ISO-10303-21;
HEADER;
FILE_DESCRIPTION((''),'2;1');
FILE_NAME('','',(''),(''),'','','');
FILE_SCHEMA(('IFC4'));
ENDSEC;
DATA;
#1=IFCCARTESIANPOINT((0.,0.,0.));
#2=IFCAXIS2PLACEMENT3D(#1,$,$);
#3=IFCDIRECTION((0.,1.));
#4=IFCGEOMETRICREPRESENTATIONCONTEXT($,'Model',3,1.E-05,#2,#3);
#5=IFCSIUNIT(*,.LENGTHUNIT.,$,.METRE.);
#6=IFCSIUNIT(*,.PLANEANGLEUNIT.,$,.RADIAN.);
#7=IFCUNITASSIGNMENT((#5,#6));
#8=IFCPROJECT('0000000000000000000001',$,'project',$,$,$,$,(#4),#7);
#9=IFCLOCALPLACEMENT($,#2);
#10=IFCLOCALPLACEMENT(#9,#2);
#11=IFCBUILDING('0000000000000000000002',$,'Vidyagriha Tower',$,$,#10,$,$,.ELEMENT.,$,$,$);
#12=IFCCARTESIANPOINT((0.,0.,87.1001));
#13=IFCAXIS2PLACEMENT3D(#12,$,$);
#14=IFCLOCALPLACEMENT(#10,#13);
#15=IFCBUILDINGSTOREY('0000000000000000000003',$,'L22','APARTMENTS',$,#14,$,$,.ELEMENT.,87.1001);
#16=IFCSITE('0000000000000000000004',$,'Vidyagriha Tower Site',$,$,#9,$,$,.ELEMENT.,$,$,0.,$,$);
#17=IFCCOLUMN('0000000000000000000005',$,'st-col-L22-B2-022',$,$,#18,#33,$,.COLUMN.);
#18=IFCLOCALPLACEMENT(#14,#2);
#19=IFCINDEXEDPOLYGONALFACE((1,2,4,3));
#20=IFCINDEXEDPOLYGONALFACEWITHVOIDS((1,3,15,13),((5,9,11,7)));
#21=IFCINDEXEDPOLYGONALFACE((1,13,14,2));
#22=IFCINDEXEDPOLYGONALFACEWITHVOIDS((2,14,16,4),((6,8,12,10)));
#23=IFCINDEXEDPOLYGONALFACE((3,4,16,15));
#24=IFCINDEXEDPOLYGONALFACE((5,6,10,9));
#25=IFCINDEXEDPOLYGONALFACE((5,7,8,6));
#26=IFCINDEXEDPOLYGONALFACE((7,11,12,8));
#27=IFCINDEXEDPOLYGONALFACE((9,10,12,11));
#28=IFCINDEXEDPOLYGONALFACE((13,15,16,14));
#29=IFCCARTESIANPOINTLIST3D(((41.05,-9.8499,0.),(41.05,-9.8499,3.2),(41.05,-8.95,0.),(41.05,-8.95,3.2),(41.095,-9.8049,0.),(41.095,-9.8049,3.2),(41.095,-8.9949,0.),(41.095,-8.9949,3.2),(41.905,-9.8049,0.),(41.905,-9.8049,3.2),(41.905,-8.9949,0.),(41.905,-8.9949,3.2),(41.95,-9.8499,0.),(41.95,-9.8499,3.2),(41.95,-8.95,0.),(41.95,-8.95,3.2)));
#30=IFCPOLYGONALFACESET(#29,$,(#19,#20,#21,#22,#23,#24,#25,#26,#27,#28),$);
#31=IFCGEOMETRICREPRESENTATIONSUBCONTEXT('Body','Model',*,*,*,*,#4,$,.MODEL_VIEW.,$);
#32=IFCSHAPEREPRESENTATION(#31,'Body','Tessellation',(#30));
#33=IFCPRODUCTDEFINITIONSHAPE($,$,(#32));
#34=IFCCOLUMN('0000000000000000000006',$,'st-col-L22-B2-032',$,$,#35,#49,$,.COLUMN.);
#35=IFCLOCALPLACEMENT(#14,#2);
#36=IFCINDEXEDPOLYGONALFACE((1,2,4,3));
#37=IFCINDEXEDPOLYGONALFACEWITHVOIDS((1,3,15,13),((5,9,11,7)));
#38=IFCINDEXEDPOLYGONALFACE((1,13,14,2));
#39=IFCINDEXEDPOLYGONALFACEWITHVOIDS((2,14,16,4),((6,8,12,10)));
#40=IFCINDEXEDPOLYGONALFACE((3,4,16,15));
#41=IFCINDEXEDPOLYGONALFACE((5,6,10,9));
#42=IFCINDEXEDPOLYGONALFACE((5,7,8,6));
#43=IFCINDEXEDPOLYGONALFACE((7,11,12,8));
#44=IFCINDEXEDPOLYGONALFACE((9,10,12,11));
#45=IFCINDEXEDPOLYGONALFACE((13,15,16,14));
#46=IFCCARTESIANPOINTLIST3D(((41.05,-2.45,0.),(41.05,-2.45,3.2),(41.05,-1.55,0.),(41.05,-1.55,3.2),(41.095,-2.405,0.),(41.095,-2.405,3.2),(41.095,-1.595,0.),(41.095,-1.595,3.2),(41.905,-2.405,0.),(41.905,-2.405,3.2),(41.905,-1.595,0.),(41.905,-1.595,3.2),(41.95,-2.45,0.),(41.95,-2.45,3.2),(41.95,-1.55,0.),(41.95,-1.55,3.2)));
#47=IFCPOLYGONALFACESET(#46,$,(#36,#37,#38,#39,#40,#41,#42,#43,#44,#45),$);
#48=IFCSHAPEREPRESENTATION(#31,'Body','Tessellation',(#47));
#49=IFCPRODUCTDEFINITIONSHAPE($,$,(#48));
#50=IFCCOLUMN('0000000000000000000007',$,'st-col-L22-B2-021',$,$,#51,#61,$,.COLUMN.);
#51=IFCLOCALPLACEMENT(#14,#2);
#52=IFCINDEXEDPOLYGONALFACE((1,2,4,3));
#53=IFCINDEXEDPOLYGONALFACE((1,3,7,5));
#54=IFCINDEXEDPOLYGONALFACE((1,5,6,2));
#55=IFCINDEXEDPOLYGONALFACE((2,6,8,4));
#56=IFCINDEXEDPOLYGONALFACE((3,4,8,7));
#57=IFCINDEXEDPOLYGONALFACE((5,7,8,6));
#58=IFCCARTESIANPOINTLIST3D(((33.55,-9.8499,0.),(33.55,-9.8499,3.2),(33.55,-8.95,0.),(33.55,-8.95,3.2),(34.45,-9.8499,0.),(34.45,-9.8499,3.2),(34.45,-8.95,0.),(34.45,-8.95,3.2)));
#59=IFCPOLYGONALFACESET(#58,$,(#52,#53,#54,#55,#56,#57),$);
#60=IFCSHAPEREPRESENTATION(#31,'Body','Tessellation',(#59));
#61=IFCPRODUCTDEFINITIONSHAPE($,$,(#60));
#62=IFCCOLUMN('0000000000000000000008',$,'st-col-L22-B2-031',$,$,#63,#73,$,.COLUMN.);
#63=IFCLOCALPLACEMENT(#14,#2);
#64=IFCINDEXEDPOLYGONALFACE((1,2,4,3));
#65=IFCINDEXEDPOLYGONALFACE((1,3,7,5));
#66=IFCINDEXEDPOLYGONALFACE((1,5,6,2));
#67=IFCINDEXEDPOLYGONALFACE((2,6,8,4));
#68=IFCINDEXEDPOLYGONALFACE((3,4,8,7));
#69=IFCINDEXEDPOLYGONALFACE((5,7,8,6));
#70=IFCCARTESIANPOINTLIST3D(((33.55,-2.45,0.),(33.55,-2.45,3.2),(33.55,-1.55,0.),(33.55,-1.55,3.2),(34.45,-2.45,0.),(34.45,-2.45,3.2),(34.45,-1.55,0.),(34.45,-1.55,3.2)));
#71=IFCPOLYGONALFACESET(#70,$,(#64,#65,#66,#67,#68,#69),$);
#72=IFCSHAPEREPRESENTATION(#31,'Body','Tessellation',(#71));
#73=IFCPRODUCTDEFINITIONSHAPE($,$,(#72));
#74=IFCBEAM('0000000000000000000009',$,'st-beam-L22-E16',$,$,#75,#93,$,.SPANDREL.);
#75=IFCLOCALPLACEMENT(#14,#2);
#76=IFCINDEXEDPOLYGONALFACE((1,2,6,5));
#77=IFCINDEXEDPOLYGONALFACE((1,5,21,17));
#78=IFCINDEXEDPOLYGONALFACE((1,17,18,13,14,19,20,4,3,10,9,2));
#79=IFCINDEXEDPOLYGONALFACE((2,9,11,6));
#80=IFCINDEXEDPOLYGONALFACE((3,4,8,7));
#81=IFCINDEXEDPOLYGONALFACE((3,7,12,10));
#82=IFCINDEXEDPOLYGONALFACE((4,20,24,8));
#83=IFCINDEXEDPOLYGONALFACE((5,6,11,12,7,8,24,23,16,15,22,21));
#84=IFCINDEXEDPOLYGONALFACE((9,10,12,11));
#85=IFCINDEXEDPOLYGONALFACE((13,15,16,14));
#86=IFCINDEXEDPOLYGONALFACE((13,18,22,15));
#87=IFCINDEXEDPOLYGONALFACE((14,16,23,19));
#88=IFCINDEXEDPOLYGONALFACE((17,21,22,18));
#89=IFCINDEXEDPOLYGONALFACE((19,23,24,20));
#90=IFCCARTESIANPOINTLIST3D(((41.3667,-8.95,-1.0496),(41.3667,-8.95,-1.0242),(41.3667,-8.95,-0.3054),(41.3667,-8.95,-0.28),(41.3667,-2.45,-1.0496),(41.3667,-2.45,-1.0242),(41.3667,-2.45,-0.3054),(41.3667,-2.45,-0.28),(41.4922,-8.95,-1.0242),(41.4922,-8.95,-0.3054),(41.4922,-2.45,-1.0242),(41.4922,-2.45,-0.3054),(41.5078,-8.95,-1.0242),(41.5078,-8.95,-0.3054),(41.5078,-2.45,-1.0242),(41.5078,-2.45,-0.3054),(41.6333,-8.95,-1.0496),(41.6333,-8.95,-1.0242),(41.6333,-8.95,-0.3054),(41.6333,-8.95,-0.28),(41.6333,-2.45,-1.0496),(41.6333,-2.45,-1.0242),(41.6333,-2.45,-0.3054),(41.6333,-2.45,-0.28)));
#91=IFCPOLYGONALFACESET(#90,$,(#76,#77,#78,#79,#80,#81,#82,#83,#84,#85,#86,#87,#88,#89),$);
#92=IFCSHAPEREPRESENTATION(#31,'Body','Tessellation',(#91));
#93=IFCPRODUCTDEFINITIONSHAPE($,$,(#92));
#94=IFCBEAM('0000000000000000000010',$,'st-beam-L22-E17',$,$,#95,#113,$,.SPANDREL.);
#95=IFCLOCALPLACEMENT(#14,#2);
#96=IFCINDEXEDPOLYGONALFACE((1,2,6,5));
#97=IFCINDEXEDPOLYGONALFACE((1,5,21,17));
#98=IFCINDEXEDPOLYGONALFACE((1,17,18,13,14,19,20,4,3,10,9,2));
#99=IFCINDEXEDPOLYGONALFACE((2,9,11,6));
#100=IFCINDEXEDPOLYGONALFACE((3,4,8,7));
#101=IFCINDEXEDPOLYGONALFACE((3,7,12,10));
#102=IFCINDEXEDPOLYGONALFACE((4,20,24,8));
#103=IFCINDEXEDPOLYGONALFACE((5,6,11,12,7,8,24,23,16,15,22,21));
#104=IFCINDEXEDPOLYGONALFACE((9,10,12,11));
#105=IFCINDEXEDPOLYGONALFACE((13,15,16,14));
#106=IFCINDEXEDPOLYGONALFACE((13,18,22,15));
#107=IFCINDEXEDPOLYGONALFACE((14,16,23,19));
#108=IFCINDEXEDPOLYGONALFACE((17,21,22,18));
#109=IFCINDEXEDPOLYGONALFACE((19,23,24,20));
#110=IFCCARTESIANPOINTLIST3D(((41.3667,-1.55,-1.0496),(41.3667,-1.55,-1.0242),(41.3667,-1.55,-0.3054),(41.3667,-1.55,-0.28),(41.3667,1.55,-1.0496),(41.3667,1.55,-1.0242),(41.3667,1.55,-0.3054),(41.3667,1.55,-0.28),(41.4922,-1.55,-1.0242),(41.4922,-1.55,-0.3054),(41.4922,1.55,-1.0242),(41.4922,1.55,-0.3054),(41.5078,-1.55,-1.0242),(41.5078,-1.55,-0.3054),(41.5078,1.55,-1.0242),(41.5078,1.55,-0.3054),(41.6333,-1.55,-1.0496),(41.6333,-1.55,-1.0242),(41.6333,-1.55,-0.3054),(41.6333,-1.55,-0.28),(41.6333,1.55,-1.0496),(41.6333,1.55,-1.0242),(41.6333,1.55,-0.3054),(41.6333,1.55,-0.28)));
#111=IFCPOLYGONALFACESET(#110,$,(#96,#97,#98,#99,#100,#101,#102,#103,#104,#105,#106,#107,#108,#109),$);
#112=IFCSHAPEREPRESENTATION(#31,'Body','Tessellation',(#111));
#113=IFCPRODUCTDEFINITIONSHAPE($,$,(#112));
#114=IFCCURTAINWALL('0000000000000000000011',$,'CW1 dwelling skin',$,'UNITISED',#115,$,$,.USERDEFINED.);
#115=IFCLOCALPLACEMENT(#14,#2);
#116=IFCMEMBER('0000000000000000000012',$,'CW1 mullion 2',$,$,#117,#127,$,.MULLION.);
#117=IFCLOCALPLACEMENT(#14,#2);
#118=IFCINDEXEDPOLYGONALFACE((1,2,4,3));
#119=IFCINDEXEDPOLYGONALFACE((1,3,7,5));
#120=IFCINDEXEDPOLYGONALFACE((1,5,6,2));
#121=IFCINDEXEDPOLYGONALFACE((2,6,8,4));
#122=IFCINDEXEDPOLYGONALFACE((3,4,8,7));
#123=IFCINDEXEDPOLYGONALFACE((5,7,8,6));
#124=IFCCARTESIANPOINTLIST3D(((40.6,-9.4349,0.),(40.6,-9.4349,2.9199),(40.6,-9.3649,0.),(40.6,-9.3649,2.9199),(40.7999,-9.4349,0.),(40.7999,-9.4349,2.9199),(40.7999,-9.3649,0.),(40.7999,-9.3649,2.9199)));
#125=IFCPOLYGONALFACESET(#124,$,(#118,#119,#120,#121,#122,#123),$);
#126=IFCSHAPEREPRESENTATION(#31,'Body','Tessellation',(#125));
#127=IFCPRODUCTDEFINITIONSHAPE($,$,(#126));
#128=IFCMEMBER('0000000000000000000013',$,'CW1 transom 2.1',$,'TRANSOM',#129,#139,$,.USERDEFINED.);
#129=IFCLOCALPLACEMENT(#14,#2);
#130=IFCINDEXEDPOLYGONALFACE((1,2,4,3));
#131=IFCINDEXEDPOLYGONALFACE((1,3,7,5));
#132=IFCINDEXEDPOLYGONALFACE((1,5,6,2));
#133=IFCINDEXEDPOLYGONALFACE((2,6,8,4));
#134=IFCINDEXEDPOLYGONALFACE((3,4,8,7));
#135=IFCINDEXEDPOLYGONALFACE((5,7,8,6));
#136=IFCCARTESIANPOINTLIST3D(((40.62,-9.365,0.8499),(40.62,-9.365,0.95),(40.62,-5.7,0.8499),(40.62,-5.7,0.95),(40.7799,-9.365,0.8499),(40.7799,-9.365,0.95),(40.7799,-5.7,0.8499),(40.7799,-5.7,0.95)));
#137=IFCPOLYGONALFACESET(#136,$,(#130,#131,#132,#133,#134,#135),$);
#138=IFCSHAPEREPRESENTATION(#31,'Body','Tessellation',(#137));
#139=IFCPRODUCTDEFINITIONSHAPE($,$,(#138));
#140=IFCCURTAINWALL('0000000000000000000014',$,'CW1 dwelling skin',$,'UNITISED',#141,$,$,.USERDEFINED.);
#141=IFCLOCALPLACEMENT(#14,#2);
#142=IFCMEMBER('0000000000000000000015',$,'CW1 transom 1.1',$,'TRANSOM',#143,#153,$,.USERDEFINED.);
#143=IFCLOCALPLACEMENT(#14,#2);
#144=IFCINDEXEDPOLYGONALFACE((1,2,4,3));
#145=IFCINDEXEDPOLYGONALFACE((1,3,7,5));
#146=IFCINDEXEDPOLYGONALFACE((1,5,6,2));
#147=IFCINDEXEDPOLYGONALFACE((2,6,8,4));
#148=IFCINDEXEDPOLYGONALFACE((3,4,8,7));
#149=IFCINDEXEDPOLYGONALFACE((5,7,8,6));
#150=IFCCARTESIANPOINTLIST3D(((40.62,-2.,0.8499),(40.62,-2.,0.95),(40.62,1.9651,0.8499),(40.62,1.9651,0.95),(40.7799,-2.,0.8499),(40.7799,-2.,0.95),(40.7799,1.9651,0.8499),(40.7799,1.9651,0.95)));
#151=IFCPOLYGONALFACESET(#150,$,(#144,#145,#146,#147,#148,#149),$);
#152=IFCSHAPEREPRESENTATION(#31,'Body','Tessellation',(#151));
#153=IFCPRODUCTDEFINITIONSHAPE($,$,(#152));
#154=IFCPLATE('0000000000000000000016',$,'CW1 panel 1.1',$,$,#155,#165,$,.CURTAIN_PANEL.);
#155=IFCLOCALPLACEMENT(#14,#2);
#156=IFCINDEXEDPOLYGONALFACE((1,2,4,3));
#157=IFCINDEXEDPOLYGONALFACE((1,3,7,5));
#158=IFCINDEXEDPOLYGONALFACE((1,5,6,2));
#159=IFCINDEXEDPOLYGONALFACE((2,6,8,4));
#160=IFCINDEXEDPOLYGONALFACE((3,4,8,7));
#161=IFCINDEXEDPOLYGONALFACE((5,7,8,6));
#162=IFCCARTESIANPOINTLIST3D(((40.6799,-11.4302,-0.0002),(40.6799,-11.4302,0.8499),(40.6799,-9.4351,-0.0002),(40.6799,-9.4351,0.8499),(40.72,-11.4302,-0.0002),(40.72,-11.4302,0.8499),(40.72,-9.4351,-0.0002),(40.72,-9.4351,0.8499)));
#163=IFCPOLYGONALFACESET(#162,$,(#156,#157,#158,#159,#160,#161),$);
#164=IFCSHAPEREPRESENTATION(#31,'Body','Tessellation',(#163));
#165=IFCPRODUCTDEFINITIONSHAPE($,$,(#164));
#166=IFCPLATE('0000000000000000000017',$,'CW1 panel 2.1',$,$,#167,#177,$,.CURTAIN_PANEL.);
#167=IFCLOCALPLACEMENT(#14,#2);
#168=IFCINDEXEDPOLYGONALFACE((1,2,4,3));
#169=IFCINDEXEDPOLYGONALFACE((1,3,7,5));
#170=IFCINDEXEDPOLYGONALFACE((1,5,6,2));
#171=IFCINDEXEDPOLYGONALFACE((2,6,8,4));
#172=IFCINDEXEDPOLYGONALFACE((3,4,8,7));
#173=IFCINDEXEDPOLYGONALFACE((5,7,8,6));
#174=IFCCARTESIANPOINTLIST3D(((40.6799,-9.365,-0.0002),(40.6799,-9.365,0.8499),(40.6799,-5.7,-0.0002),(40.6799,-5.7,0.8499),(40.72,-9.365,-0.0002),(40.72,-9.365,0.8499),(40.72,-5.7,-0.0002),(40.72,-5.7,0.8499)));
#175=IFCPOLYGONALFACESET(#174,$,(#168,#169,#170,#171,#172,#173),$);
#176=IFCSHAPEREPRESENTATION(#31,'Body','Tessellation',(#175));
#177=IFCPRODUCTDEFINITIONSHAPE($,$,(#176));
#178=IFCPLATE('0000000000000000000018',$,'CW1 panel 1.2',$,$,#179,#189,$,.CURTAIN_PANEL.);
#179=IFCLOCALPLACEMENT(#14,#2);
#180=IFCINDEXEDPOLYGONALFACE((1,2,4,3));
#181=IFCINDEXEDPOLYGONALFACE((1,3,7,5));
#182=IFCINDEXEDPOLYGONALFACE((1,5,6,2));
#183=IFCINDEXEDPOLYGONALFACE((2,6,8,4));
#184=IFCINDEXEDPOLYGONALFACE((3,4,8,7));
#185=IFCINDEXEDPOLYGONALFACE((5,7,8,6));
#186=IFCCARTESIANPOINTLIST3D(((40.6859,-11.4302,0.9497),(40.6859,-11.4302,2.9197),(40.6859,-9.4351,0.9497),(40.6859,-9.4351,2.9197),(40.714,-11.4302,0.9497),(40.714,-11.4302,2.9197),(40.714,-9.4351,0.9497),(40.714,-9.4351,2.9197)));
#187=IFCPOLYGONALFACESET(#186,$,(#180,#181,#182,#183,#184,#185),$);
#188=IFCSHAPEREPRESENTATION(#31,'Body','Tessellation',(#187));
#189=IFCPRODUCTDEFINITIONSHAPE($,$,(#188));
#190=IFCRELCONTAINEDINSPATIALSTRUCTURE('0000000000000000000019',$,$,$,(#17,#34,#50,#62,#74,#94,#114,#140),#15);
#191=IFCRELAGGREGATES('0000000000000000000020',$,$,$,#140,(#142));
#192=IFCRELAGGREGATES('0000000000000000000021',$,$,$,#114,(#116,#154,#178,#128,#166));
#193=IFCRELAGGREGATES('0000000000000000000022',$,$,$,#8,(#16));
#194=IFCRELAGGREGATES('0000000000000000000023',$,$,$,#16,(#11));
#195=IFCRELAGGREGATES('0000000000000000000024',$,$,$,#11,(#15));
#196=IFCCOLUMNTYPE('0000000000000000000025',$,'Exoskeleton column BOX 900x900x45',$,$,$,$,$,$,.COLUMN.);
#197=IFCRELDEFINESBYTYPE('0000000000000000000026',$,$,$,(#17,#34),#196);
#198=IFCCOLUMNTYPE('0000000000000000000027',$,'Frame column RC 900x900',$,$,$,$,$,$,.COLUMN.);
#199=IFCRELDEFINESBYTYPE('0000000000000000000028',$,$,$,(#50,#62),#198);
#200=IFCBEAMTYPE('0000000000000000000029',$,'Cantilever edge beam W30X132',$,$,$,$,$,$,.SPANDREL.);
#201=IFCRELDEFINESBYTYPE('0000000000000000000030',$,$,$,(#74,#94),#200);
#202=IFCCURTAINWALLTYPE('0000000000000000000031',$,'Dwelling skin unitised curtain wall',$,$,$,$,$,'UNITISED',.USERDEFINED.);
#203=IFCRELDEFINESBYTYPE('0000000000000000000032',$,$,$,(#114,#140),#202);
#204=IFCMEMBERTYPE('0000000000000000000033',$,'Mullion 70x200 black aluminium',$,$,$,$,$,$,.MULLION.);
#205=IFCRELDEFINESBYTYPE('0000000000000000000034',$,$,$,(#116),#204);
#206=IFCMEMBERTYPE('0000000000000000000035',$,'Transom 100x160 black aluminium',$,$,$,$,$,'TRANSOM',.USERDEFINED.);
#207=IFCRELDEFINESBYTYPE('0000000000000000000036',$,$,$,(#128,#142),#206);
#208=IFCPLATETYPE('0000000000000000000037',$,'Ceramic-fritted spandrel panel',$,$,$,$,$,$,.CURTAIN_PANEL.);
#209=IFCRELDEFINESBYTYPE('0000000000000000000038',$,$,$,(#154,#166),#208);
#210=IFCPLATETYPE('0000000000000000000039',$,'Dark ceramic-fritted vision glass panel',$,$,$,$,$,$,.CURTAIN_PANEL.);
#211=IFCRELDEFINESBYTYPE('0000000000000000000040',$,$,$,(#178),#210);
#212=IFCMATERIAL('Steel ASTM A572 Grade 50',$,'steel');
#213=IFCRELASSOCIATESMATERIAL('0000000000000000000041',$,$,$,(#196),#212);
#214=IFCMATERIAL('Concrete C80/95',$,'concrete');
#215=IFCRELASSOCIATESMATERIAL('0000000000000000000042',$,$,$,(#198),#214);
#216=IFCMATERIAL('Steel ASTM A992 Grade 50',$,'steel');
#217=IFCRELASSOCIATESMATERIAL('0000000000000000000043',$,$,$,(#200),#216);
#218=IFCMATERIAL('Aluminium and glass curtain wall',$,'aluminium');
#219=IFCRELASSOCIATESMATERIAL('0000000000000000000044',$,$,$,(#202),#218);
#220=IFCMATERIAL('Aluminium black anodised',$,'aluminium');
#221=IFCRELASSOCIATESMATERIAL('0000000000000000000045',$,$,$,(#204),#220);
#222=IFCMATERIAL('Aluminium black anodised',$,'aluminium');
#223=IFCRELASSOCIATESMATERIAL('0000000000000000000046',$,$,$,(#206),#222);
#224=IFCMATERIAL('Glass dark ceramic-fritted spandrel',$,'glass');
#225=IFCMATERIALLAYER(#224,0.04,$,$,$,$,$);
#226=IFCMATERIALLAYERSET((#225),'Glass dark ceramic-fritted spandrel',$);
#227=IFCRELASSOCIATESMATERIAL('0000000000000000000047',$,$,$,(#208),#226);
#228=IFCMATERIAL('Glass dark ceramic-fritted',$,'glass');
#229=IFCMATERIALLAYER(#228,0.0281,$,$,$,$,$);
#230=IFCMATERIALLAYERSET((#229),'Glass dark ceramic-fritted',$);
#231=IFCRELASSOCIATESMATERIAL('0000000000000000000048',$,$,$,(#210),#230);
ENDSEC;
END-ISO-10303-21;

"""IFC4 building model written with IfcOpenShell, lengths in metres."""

from ifc_helpers import new_model, si_unit, direction, frame, origin, origin_2d, place, context, subcontext, project, spatial, rectangle, hollow_rectangle, i_section, extrude, material, layer, layer_set, material_profile, profile_set, type_object, element, aggregate, save


model = new_model("IFC4")

# Units and contexts
model_context = context("Model", 3, precision=1e-05, world=origin(), true_north=direction((0.0, 1.0)))
body_context = subcontext(model_context, "Body", "Model", "MODEL_VIEW")
ifc_project = project(units=[si_unit("LENGTHUNIT", "METRE"), si_unit("PLANEANGLEUNIT", "RADIAN")], contexts=[model_context])

# Site, building, storey
site_placement = place(None, origin())
site = spatial("IfcSite", under=ifc_project, at=site_placement, Name="Vidyagriha Tower Site", CompositionType="ELEMENT", RefElevation=0.0)
building_placement = place(site_placement, origin())
building = spatial("IfcBuilding", under=site, at=building_placement, Name="Vidyagriha Tower", CompositionType="ELEMENT")
storey_placement = place(building_placement, frame((0.0, 0.0, 87.1001)))
storey = spatial("IfcBuildingStorey", under=building, at=storey_placement, Name="L22", Description="APARTMENTS", CompositionType="ELEMENT", Elevation=87.1001)

# Columns
ifc_material_1 = material(Name="Steel ASTM A572 Grade 50", Category="steel")
ifc_material_profile_1 = material_profile(ifc_material_1, hollow_rectangle(XDim=0.8999, YDim=0.8999, WallThickness=0.0449, at=origin_2d()), Name="BOX 900x900x45")
ifc_profile_set_1 = profile_set([ifc_material_profile_1], Name="Steel ASTM A572 Grade 50")
column_type_1 = type_object("IfcColumnType", Name="Exoskeleton column BOX 900x900x45", PredefinedType="COLUMN", material=ifc_profile_set_1)
for number, where, name in (
    (1, (41.5, -9.3999, 0.0), "st-col-L22-B2-022"),
    (2, (41.5, -2.0, 0.0), "st-col-L22-B2-032"),
):
    element("IfcColumn", number, at=place(storey_placement, frame(where)), inside=storey, type_object=column_type_1, Name=name, PredefinedType="COLUMN", context=body_context, shape_type="SweptSolid", body=[
        extrude(hollow_rectangle(XDim=0.8999, YDim=0.8999, WallThickness=0.0449, at=origin_2d()), origin(), (0.0, 0.0, 1.0), 3.2),
    ])
ifc_material_2 = material(Name="Concrete C80/95", Category="concrete")
ifc_material_profile_2 = material_profile(ifc_material_2, rectangle(XDim=0.8999, YDim=0.8999, at=origin_2d()), Name="RC 900x900")
ifc_profile_set_2 = profile_set([ifc_material_profile_2], Name="Concrete C80/95")
column_type_2 = type_object("IfcColumnType", Name="Frame column RC 900x900", PredefinedType="COLUMN", material=ifc_profile_set_2)
for number, where, name in (
    (3, (34.0, -9.3999, 0.0), "st-col-L22-B2-021"),
    (4, (34.0, -2.0, 0.0), "st-col-L22-B2-031"),
):
    element("IfcColumn", number, at=place(storey_placement, frame(where)), inside=storey, type_object=column_type_2, Name=name, PredefinedType="COLUMN", context=body_context, shape_type="SweptSolid", body=[
        extrude(rectangle(XDim=0.8999, YDim=0.8999, at=origin_2d()), origin(), (0.0, 0.0, 1.0), 3.2),
    ])

# Beams
ifc_material_3 = material(Name="Steel ASTM A992 Grade 50", Category="steel")
ifc_material_profile_3 = material_profile(ifc_material_3, i_section(OverallWidth=0.2666, OverallDepth=0.7695, WebThickness=0.0156, FlangeThickness=0.0254, at=origin_2d()), Name="W30X132")
ifc_profile_set_3 = profile_set([ifc_material_profile_3], Name="Steel ASTM A992 Grade 50")
beam_type = type_object("IfcBeamType", Name="Cantilever edge beam W30X132", PredefinedType="SPANDREL", material=ifc_profile_set_3)
beam_1_placement = place(storey_placement, frame((41.5, -8.95, -0.6648), z_axis=(0.0, 1.0, 0.0), x_axis=(-1.0, 0.0, 0.0)))
element("IfcBeam", 5, at=beam_1_placement, inside=storey, type_object=beam_type, Name="st-beam-L22-E16", PredefinedType="SPANDREL", context=body_context, shape_type="SweptSolid", body=[
    extrude(i_section(OverallWidth=0.2666, OverallDepth=0.7695, WebThickness=0.0156, FlangeThickness=0.0254, at=origin_2d()), origin(), (0.0, 0.0, 1.0), 6.5),
])
beam_2_placement = place(storey_placement, frame((41.5, -1.55, -0.6648), z_axis=(0.0, 1.0, 0.0), x_axis=(-1.0, 0.0, 0.0)))
element("IfcBeam", 6, at=beam_2_placement, inside=storey, type_object=beam_type, Name="st-beam-L22-E17", PredefinedType="SPANDREL", context=body_context, shape_type="SweptSolid", body=[
    extrude(i_section(OverallWidth=0.2666, OverallDepth=0.7695, WebThickness=0.0156, FlangeThickness=0.0254, at=origin_2d()), origin(), (0.0, 0.0, 1.0), 3.1001),
])

# Curtain wall, members
ifc_material_4 = material(Name="Aluminium and glass curtain wall", Category="aluminium")
curtain_wall_type = type_object("IfcCurtainWallType", Name="Dwelling skin unitised curtain wall", ElementType="UNITISED", PredefinedType="USERDEFINED", material=ifc_material_4)
curtain_wall_1_placement = place(storey_placement, origin())
curtain_wall_1 = element("IfcCurtainWall", 7, at=curtain_wall_1_placement, inside=storey, type_object=curtain_wall_type, Name="CW1 dwelling skin", ObjectType="UNITISED", PredefinedType="USERDEFINED")
ifc_material_5 = material(Name="Aluminium black anodised", Category="aluminium")
ifc_material_profile_4 = material_profile(ifc_material_5, rectangle(XDim=0.2, YDim=0.0701, at=origin_2d()), Name="Mullion 70x200 black aluminium")
ifc_profile_set_4 = profile_set([ifc_material_profile_4], Name="Aluminium black anodised")
member_type_1 = type_object("IfcMemberType", Name="Mullion 70x200 black aluminium", PredefinedType="MULLION", material=ifc_profile_set_4)
member_1_placement = place(storey_placement, frame((40.7, -9.3999, 0.0), z_axis=(0.0, 0.0, 1.0), x_axis=(-1.0, 0.0, 0.0)))
member_1 = element("IfcMember", 8, at=member_1_placement, type_object=member_type_1, Name="CW1 mullion 2", PredefinedType="MULLION", context=body_context, shape_type="SweptSolid", body=[
    extrude(rectangle(XDim=0.2, YDim=0.0701, at=origin_2d()), origin(), (0.0, 0.0, 1.0), 2.9199),
])
ifc_material_6 = material(Name="Aluminium black anodised", Category="aluminium")
ifc_material_profile_5 = material_profile(ifc_material_6, rectangle(XDim=0.1599, YDim=0.1001, at=origin_2d()), Name="Transom 100x160 black aluminium")
ifc_profile_set_5 = profile_set([ifc_material_profile_5], Name="Aluminium black anodised")
member_type_2 = type_object("IfcMemberType", Name="Transom 100x160 black aluminium", ElementType="TRANSOM", PredefinedType="USERDEFINED", material=ifc_profile_set_5)
member_2_placement = place(storey_placement, frame((40.7, -9.365, 0.8999), z_axis=(0.0, 1.0, 0.0), x_axis=(-1.0, 0.0, 0.0)))
member_2 = element("IfcMember", 9, at=member_2_placement, type_object=member_type_2, Name="CW1 transom 2.1", ObjectType="TRANSOM", PredefinedType="USERDEFINED", context=body_context, shape_type="SweptSolid", body=[
    extrude(rectangle(XDim=0.1599, YDim=0.1001, at=origin_2d()), origin(), (0.0, 0.0, 1.0), 3.665),
])

# Curtain wall, member
curtain_wall_2_placement = place(storey_placement, origin())
curtain_wall_2 = element("IfcCurtainWall", 10, at=curtain_wall_2_placement, inside=storey, type_object=curtain_wall_type, Name="CW1 dwelling skin", ObjectType="UNITISED", PredefinedType="USERDEFINED")
member_3_placement = place(storey_placement, frame((40.7, -2.0, 0.8999), z_axis=(0.0, 1.0, 0.0), x_axis=(-1.0, 0.0, 0.0)))
member_3 = element("IfcMember", 11, at=member_3_placement, type_object=member_type_2, Name="CW1 transom 1.1", ObjectType="TRANSOM", PredefinedType="USERDEFINED", context=body_context, shape_type="SweptSolid", body=[
    extrude(rectangle(XDim=0.1599, YDim=0.1001, at=origin_2d()), origin(), (0.0, 0.0, 1.0), 3.9651),
])
aggregate(curtain_wall_2, [member_3])

# Plates
ifc_material_7 = material(Name="Glass dark ceramic-fritted spandrel", Category="glass")
ifc_layer_1 = layer(ifc_material_7, 0.04)
ifc_layer_set_1 = layer_set([ifc_layer_1], Name="Glass dark ceramic-fritted spandrel")
plate_type_1 = type_object("IfcPlateType", Name="Ceramic-fritted spandrel panel", PredefinedType="CURTAIN_PANEL", material=ifc_layer_set_1)
plate_1_placement = place(storey_placement, frame((40.7, -10.4326, -0.0002), z_axis=(0.0, 0.0, 1.0), x_axis=(0.0, 1.0, 0.0)))
plate_1 = element("IfcPlate", 12, at=plate_1_placement, type_object=plate_type_1, Name="CW1 panel 1.1", PredefinedType="CURTAIN_PANEL", context=body_context, shape_type="SweptSolid", body=[
    extrude(rectangle(XDim=1.9951, YDim=0.04, at=origin_2d()), origin(), (0.0, 0.0, 1.0), 0.8501),
])
plate_2_placement = place(storey_placement, frame((40.7, -7.5325, -0.0002), z_axis=(0.0, 0.0, 1.0), x_axis=(0.0, 1.0, 0.0)))
plate_2 = element("IfcPlate", 13, at=plate_2_placement, type_object=plate_type_1, Name="CW1 panel 2.1", PredefinedType="CURTAIN_PANEL", context=body_context, shape_type="SweptSolid", body=[
    extrude(rectangle(XDim=3.665, YDim=0.04, at=origin_2d()), origin(), (0.0, 0.0, 1.0), 0.8501),
])
ifc_material_8 = material(Name="Glass dark ceramic-fritted", Category="glass")
ifc_layer_2 = layer(ifc_material_8, 0.0281)
ifc_layer_set_2 = layer_set([ifc_layer_2], Name="Glass dark ceramic-fritted")
plate_type_2 = type_object("IfcPlateType", Name="Dark ceramic-fritted vision glass panel", PredefinedType="CURTAIN_PANEL", material=ifc_layer_set_2)
plate_3_placement = place(storey_placement, frame((40.7, -10.4326, 0.9497), z_axis=(0.0, 0.0, 1.0), x_axis=(0.0, 1.0, 0.0)))
plate_3 = element("IfcPlate", 14, at=plate_3_placement, type_object=plate_type_2, Name="CW1 panel 1.2", PredefinedType="CURTAIN_PANEL", context=body_context, shape_type="SweptSolid", body=[
    extrude(rectangle(XDim=1.9951, YDim=0.0281, at=origin_2d()), origin(), (0.0, 0.0, 1.0), 1.97),
])
aggregate(curtain_wall_1, [member_1, plate_1, plate_3, member_2, plate_2])

save(model, "model.ifc")
